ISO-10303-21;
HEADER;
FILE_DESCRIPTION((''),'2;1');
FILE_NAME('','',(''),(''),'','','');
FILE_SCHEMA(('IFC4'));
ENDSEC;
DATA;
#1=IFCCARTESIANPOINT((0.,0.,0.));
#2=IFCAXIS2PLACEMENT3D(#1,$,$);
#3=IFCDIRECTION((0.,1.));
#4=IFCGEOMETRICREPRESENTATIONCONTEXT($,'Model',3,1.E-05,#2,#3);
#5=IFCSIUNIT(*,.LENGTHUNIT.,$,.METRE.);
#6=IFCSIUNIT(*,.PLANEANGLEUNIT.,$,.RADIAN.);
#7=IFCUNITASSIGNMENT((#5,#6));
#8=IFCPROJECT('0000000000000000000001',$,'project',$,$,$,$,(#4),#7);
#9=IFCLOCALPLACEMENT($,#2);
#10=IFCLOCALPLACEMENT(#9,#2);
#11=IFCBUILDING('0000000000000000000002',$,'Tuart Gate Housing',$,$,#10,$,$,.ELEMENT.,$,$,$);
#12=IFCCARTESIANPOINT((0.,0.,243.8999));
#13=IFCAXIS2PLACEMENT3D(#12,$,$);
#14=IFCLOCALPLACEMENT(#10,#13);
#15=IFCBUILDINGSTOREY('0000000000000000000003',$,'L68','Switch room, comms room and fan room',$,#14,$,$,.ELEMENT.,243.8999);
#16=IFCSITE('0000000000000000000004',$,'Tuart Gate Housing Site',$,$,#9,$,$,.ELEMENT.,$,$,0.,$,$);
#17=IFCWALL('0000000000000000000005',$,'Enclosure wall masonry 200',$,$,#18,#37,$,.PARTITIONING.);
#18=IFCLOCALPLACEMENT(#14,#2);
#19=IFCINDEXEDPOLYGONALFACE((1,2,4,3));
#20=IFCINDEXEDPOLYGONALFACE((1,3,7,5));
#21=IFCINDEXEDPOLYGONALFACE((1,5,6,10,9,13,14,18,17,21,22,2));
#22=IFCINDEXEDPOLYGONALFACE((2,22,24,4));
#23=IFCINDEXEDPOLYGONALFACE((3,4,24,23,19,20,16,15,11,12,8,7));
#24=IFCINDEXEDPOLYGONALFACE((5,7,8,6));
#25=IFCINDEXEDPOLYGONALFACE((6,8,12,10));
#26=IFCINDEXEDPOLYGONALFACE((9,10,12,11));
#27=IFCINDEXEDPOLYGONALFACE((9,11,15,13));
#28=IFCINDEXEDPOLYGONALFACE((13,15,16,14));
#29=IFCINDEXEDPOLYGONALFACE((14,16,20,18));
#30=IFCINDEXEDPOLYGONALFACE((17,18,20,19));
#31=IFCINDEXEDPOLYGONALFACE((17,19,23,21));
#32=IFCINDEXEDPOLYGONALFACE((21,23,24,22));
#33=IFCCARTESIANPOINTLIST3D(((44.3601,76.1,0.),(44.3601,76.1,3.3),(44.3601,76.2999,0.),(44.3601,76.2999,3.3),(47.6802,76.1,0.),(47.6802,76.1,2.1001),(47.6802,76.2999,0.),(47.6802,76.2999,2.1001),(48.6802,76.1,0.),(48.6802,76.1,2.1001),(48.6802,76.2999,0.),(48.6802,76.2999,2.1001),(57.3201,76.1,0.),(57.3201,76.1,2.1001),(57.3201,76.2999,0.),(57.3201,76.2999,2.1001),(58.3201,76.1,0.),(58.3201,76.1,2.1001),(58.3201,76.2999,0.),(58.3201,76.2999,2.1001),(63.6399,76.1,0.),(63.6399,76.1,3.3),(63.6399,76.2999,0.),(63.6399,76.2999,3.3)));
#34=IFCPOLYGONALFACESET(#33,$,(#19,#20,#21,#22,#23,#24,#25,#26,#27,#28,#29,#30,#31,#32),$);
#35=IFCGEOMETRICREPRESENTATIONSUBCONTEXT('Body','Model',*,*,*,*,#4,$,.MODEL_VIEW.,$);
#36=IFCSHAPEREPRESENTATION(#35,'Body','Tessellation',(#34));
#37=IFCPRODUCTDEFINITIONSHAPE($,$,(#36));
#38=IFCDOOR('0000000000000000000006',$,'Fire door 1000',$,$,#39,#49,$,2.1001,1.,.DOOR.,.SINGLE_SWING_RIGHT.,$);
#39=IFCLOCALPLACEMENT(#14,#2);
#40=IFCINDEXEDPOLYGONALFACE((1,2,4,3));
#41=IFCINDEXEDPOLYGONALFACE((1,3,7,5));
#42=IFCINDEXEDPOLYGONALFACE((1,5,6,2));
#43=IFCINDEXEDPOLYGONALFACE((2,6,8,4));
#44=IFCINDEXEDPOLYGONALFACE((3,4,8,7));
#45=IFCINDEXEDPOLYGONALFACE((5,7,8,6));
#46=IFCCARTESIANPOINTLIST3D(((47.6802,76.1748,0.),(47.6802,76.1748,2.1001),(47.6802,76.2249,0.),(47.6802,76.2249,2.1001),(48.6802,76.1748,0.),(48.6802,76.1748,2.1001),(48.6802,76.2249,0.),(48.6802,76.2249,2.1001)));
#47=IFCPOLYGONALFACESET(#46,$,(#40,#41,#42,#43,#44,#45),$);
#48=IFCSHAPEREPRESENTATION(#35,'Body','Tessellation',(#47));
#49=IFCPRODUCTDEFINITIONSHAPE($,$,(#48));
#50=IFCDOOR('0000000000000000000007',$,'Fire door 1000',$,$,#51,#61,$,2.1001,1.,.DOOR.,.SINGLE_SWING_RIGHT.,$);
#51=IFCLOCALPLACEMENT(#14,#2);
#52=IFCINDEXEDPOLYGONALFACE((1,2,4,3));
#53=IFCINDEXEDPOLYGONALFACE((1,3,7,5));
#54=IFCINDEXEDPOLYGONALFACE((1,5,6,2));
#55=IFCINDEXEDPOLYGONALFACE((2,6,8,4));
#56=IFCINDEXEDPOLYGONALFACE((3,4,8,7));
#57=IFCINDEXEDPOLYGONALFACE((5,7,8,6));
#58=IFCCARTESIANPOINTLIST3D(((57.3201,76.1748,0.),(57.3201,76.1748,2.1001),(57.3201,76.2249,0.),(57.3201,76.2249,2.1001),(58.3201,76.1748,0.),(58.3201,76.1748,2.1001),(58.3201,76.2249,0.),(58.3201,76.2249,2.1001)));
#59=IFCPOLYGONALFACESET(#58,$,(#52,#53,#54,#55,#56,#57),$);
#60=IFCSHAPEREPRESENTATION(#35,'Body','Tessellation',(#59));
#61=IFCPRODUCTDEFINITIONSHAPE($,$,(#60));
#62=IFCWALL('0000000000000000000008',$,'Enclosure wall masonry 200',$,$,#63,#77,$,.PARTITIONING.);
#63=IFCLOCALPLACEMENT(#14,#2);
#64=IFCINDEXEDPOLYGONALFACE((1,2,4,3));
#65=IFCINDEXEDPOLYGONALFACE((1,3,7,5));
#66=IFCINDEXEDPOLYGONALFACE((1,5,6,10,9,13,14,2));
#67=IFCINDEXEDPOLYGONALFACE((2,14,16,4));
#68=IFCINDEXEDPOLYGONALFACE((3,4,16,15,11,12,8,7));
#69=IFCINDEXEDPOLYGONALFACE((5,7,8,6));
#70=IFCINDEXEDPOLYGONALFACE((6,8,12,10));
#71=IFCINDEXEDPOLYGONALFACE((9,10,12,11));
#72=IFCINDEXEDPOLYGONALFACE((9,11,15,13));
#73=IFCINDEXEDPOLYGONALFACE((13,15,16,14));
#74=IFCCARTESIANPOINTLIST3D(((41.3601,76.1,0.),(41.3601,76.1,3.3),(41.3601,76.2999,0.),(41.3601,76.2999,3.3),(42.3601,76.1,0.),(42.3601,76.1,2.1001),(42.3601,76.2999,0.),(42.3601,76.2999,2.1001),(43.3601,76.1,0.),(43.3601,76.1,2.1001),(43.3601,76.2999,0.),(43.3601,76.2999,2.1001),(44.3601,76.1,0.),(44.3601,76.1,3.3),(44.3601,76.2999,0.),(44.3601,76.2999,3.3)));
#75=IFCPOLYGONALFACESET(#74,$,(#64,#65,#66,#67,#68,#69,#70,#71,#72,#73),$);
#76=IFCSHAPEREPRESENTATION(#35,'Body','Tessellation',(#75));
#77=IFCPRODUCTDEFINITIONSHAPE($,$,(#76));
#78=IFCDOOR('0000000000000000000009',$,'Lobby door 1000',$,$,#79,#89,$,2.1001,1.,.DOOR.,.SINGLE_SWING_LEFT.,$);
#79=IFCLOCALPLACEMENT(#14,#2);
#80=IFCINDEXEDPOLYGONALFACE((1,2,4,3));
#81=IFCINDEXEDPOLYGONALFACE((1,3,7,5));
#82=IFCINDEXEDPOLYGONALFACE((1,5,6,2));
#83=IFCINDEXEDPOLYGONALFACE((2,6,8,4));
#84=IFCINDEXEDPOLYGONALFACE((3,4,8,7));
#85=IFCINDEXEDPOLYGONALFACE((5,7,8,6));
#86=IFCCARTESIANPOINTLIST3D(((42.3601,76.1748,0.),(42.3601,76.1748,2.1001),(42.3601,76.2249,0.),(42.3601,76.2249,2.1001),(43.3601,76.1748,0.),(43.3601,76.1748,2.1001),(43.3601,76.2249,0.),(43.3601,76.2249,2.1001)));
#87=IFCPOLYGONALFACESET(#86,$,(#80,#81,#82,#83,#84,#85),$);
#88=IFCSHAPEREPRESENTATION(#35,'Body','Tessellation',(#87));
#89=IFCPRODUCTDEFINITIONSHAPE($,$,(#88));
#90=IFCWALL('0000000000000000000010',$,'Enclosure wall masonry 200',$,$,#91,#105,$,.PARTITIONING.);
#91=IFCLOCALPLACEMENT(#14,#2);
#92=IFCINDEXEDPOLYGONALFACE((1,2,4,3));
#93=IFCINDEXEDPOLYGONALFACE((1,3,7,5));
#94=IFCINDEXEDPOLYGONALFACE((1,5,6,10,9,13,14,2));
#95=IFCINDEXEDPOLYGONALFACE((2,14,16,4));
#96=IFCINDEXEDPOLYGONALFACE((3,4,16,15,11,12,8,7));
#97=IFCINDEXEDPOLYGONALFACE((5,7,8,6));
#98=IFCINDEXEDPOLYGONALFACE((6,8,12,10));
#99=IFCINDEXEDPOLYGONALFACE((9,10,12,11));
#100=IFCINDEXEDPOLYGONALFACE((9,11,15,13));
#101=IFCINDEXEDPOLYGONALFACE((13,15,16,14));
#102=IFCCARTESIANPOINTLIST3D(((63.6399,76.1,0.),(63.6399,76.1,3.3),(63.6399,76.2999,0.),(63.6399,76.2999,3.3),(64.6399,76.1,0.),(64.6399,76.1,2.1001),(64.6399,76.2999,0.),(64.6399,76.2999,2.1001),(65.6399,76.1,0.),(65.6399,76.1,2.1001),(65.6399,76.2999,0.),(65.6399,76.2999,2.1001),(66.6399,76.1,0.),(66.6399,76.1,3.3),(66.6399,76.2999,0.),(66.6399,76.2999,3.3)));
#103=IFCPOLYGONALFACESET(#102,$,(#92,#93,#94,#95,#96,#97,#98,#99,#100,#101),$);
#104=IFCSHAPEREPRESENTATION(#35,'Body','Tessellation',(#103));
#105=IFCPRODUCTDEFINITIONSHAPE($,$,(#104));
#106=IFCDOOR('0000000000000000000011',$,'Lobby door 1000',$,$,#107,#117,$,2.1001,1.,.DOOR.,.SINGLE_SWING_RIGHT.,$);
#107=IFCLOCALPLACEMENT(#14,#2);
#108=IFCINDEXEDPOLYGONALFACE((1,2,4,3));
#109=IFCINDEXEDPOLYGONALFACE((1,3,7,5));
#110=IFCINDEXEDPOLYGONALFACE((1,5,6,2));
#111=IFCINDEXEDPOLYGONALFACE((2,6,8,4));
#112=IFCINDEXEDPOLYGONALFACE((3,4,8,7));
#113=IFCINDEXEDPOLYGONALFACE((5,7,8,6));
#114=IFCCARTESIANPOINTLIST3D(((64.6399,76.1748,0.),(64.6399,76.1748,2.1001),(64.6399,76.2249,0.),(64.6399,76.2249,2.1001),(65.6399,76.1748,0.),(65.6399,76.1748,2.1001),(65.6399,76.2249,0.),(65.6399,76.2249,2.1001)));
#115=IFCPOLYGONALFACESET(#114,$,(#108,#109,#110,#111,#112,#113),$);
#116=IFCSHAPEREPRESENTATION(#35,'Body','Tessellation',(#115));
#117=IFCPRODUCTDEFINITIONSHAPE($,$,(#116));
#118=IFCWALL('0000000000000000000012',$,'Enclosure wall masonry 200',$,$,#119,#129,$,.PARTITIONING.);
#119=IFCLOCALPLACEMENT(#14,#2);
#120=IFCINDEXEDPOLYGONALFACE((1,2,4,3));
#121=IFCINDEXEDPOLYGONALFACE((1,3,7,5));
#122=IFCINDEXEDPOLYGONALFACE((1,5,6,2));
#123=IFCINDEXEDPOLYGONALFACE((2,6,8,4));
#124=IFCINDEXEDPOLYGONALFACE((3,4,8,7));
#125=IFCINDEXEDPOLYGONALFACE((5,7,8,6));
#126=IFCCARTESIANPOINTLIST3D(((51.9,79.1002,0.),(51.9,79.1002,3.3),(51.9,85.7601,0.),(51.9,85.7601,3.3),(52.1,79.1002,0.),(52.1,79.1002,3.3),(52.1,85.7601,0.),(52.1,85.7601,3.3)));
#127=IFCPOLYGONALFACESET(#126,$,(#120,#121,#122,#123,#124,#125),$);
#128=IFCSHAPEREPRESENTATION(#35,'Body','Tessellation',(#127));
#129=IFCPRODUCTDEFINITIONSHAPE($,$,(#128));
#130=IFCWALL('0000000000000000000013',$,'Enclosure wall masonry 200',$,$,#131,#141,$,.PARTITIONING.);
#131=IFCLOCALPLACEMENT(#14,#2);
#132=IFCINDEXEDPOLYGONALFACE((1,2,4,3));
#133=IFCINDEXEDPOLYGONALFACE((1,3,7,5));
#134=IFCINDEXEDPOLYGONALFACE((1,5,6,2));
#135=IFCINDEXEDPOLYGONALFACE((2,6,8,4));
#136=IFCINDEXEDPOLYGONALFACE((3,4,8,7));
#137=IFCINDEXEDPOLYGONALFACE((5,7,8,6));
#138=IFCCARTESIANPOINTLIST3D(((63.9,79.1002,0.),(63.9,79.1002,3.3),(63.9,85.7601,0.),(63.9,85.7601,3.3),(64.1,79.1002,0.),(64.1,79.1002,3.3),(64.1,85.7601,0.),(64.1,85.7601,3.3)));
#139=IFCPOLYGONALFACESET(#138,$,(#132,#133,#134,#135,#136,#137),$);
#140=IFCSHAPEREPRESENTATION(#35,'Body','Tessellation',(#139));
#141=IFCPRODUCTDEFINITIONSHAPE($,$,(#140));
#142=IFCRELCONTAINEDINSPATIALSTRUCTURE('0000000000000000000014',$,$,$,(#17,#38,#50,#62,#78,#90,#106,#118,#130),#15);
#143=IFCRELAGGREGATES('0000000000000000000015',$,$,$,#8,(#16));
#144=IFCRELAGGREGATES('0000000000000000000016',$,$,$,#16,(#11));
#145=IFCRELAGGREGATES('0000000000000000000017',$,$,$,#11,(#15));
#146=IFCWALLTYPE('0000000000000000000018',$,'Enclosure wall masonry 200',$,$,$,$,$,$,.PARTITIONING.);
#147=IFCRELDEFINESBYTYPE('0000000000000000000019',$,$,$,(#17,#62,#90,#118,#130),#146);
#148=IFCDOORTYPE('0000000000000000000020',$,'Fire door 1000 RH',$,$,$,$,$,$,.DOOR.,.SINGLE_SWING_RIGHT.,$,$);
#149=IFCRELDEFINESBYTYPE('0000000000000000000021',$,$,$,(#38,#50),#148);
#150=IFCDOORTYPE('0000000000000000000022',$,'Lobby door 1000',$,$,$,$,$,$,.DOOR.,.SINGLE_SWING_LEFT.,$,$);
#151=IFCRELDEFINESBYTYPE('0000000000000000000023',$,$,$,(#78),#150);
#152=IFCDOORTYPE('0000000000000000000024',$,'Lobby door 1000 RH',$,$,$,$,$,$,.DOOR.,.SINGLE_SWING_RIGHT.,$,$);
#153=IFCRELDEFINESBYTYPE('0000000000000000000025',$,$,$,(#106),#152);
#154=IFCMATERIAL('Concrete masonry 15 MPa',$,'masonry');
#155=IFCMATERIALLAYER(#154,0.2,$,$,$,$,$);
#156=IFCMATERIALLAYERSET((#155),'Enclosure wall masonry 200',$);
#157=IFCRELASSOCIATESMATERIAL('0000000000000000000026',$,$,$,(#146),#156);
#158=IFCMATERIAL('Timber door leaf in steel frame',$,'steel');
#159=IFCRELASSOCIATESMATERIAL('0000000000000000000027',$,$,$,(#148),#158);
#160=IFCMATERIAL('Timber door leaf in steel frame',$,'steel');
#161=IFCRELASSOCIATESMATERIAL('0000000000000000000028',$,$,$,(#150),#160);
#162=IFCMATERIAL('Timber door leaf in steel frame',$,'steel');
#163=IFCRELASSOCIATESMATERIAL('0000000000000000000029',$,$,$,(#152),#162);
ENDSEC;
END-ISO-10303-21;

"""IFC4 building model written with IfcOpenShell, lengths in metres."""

from ifc_helpers import new_model, si_unit, direction, frame, frame_2d, origin, place, context, subcontext, project, spatial, rectangle, extrude, material, layer, layer_set, type_object, element, fill, save


model = new_model("IFC4")

# Units and contexts
model_context = context("Model", 3, precision=1e-05, world=origin(), true_north=direction((0.0, 1.0)))
body_context = subcontext(model_context, "Body", "Model", "MODEL_VIEW")
ifc_project = project(units=[si_unit("LENGTHUNIT", "METRE"), si_unit("PLANEANGLEUNIT", "RADIAN")], contexts=[model_context])

# Site, building, storey
site_placement = place(None, origin())
site = spatial("IfcSite", under=ifc_project, at=site_placement, Name="Tuart Gate Housing Site", CompositionType="ELEMENT", RefElevation=0.0)
building_placement = place(site_placement, origin())
building = spatial("IfcBuilding", under=site, at=building_placement, Name="Tuart Gate Housing", CompositionType="ELEMENT")
storey_placement = place(building_placement, frame((0.0, 0.0, 243.8999)))
storey = spatial("IfcBuildingStorey", under=building, at=storey_placement, Name="L68", Description="Switch room, comms room and fan room", CompositionType="ELEMENT", Elevation=243.8999)

# Wall, openings, doors
ifc_material_1 = material(Name="Concrete masonry 15 MPa", Category="masonry")
ifc_layer_1 = layer(ifc_material_1, 0.2)
ifc_layer_set_1 = layer_set([ifc_layer_1], Name="Enclosure wall masonry 200")
wall_type_1 = type_object("IfcWallType", Name="Enclosure wall masonry 200", PredefinedType="PARTITIONING", material=ifc_layer_set_1)
wall_1_placement = place(storey_placement, frame((44.3601, 76.2, 0.0), z_axis=(0.0, 0.0, 1.0), x_axis=(1.0, 0.0, 0.0)))
wall_1 = element("IfcWall", 1, at=wall_1_placement, inside=storey, type_object=wall_type_1, Name="Enclosure wall masonry 200", PredefinedType="PARTITIONING", context=body_context, shape_type="SweptSolid", body=[
    extrude(rectangle(XDim=19.2798, YDim=0.2, at=frame_2d((9.6399, 0.0))), origin(), (0.0, 0.0, 1.0), 3.3),
])
opening_1_placement = place(wall_1_placement, frame((3.3201, 0.0, 0.0)))
opening_1 = element("IfcOpeningElement", 2, at=opening_1_placement, cuts=wall_1, PredefinedType="OPENING", context=body_context, shape_type="SweptSolid", body=[
    extrude(rectangle(XDim=1.0, YDim=2.1001, at=frame_2d((0.5, 1.05))), frame((0.0, 0.1099, 0.0), z_axis=(0.0, -1.0, 0.0), x_axis=(1.0, 0.0, 0.0)), (0.0, 0.0, 1.0), 0.22),
])
opening_2_placement = place(wall_1_placement, frame((12.96, 0.0, 0.0)))
opening_2 = element("IfcOpeningElement", 3, at=opening_2_placement, cuts=wall_1, PredefinedType="OPENING", context=body_context, shape_type="SweptSolid", body=[
    extrude(rectangle(XDim=1.0, YDim=2.1001, at=frame_2d((0.5, 1.05))), frame((0.0, 0.1099, 0.0), z_axis=(0.0, -1.0, 0.0), x_axis=(1.0, 0.0, 0.0)), (0.0, 0.0, 1.0), 0.22),
])
ifc_material_2 = material(Name="Timber door leaf in steel frame", Category="steel")
door_type_1 = type_object("IfcDoorType", Name="Fire door 1000 RH", OperationType="SINGLE_SWING_RIGHT", PredefinedType="DOOR", material=ifc_material_2)
door_1_placement = place(opening_1_placement, frame((1.0, 0.0, 0.0), z_axis=(0.0, 0.0, 1.0), x_axis=(-1.0, 0.0, 0.0)))
door_1 = element("IfcDoor", 4, at=door_1_placement, inside=storey, type_object=door_type_1, Name="Fire door 1000", OperationType="SINGLE_SWING_RIGHT", OverallHeight=2.1001, OverallWidth=1.0, PredefinedType="DOOR", context=body_context, shape_type="SweptSolid", body=[
    extrude(rectangle(XDim=1.0, YDim=2.1001, at=frame_2d((0.5, 1.05))), frame((0.0, 0.0251, 0.0), z_axis=(0.0, -1.0, 0.0), x_axis=(1.0, 0.0, 0.0)), (0.0, 0.0, 1.0), 0.05),
])
fill(opening_1, door_1)
door_2_placement = place(opening_2_placement, frame((1.0, 0.0, 0.0), z_axis=(0.0, 0.0, 1.0), x_axis=(-1.0, 0.0, 0.0)))
door_2 = element("IfcDoor", 5, at=door_2_placement, inside=storey, type_object=door_type_1, Name="Fire door 1000", OperationType="SINGLE_SWING_RIGHT", OverallHeight=2.1001, OverallWidth=1.0, PredefinedType="DOOR", context=body_context, shape_type="SweptSolid", body=[
    extrude(rectangle(XDim=1.0, YDim=2.1001, at=frame_2d((0.5, 1.05))), frame((0.0, 0.0251, 0.0), z_axis=(0.0, -1.0, 0.0), x_axis=(1.0, 0.0, 0.0)), (0.0, 0.0, 1.0), 0.05),
])
fill(opening_2, door_2)

# Walls, openings, doors
wall_2_placement = place(storey_placement, frame((41.3601, 76.2, 0.0), z_axis=(0.0, 0.0, 1.0), x_axis=(1.0, 0.0, 0.0)))
wall_2 = element("IfcWall", 6, at=wall_2_placement, inside=storey, type_object=wall_type_1, Name="Enclosure wall masonry 200", PredefinedType="PARTITIONING", context=body_context, shape_type="SweptSolid", body=[
    extrude(rectangle(XDim=3.0, YDim=0.2, at=frame_2d((1.5, 0.0))), origin(), (0.0, 0.0, 1.0), 3.3),
])
opening_3_placement = place(wall_2_placement, frame((1.0, 0.0, 0.0)))
opening_3 = element("IfcOpeningElement", 7, at=opening_3_placement, cuts=wall_2, PredefinedType="OPENING", context=body_context, shape_type="SweptSolid", body=[
    extrude(rectangle(XDim=1.0, YDim=2.1001, at=frame_2d((0.5, 1.05))), frame((0.0, 0.1099, 0.0), z_axis=(0.0, -1.0, 0.0), x_axis=(1.0, 0.0, 0.0)), (0.0, 0.0, 1.0), 0.22),
])
ifc_material_3 = material(Name="Timber door leaf in steel frame", Category="steel")
door_type_2 = type_object("IfcDoorType", Name="Lobby door 1000", OperationType="SINGLE_SWING_LEFT", PredefinedType="DOOR", material=ifc_material_3)
door_3_placement = place(opening_3_placement, frame((1.0, 0.0, 0.0), z_axis=(0.0, 0.0, 1.0), x_axis=(-1.0, 0.0, 0.0)))
door_3 = element("IfcDoor", 8, at=door_3_placement, inside=storey, type_object=door_type_2, Name="Lobby door 1000", OperationType="SINGLE_SWING_LEFT", OverallHeight=2.1001, OverallWidth=1.0, PredefinedType="DOOR", context=body_context, shape_type="SweptSolid", body=[
    extrude(rectangle(XDim=1.0, YDim=2.1001, at=frame_2d((0.5, 1.05))), frame((0.0, 0.0251, 0.0), z_axis=(0.0, -1.0, 0.0), x_axis=(1.0, 0.0, 0.0)), (0.0, 0.0, 1.0), 0.05),
])
fill(opening_3, door_3)
wall_3_placement = place(storey_placement, frame((63.6399, 76.2, 0.0), z_axis=(0.0, 0.0, 1.0), x_axis=(1.0, 0.0, 0.0)))
wall_3 = element("IfcWall", 9, at=wall_3_placement, inside=storey, type_object=wall_type_1, Name="Enclosure wall masonry 200", PredefinedType="PARTITIONING", context=body_context, shape_type="SweptSolid", body=[
    extrude(rectangle(XDim=3.0, YDim=0.2, at=frame_2d((1.5, 0.0))), origin(), (0.0, 0.0, 1.0), 3.3),
])
opening_4_placement = place(wall_3_placement, frame((1.0, 0.0, 0.0)))
opening_4 = element("IfcOpeningElement", 10, at=opening_4_placement, cuts=wall_3, PredefinedType="OPENING", context=body_context, shape_type="SweptSolid", body=[
    extrude(rectangle(XDim=1.0, YDim=2.1001, at=frame_2d((0.5, 1.05))), frame((0.0, 0.1099, 0.0), z_axis=(0.0, -1.0, 0.0), x_axis=(1.0, 0.0, 0.0)), (0.0, 0.0, 1.0), 0.22),
])
ifc_material_4 = material(Name="Timber door leaf in steel frame", Category="steel")
door_type_3 = type_object("IfcDoorType", Name="Lobby door 1000 RH", OperationType="SINGLE_SWING_RIGHT", PredefinedType="DOOR", material=ifc_material_4)
door_4_placement = place(opening_4_placement, frame((1.0, 0.0, 0.0), z_axis=(0.0, 0.0, 1.0), x_axis=(-1.0, 0.0, 0.0)))
door_4 = element("IfcDoor", 11, at=door_4_placement, inside=storey, type_object=door_type_3, Name="Lobby door 1000", OperationType="SINGLE_SWING_RIGHT", OverallHeight=2.1001, OverallWidth=1.0, PredefinedType="DOOR", context=body_context, shape_type="SweptSolid", body=[
    extrude(rectangle(XDim=1.0, YDim=2.1001, at=frame_2d((0.5, 1.05))), frame((0.0, 0.0251, 0.0), z_axis=(0.0, -1.0, 0.0), x_axis=(1.0, 0.0, 0.0)), (0.0, 0.0, 1.0), 0.05),
])
fill(opening_4, door_4)

# Walls
for number, where, z_axis, x_axis, name in (
    (12, (52.0, 79.1001, 0.0), (0.0, 0.0, 1.0), (0.0, 1.0, 0.0), "Enclosure wall masonry 200"),
    (13, (64.0, 79.1001, 0.0), (0.0, 0.0, 1.0), (0.0, 1.0, 0.0), "Enclosure wall masonry 200"),
):
    element("IfcWall", number, at=place(storey_placement, frame(where, z_axis=z_axis, x_axis=x_axis)), inside=storey, type_object=wall_type_1, Name=name, PredefinedType="PARTITIONING", context=body_context, shape_type="SweptSolid", body=[
        extrude(rectangle(XDim=6.6599, YDim=0.2, at=frame_2d((3.3301, 0.0))), origin(), (0.0, 0.0, 1.0), 3.3),
    ])

save(model, "model.ifc")
